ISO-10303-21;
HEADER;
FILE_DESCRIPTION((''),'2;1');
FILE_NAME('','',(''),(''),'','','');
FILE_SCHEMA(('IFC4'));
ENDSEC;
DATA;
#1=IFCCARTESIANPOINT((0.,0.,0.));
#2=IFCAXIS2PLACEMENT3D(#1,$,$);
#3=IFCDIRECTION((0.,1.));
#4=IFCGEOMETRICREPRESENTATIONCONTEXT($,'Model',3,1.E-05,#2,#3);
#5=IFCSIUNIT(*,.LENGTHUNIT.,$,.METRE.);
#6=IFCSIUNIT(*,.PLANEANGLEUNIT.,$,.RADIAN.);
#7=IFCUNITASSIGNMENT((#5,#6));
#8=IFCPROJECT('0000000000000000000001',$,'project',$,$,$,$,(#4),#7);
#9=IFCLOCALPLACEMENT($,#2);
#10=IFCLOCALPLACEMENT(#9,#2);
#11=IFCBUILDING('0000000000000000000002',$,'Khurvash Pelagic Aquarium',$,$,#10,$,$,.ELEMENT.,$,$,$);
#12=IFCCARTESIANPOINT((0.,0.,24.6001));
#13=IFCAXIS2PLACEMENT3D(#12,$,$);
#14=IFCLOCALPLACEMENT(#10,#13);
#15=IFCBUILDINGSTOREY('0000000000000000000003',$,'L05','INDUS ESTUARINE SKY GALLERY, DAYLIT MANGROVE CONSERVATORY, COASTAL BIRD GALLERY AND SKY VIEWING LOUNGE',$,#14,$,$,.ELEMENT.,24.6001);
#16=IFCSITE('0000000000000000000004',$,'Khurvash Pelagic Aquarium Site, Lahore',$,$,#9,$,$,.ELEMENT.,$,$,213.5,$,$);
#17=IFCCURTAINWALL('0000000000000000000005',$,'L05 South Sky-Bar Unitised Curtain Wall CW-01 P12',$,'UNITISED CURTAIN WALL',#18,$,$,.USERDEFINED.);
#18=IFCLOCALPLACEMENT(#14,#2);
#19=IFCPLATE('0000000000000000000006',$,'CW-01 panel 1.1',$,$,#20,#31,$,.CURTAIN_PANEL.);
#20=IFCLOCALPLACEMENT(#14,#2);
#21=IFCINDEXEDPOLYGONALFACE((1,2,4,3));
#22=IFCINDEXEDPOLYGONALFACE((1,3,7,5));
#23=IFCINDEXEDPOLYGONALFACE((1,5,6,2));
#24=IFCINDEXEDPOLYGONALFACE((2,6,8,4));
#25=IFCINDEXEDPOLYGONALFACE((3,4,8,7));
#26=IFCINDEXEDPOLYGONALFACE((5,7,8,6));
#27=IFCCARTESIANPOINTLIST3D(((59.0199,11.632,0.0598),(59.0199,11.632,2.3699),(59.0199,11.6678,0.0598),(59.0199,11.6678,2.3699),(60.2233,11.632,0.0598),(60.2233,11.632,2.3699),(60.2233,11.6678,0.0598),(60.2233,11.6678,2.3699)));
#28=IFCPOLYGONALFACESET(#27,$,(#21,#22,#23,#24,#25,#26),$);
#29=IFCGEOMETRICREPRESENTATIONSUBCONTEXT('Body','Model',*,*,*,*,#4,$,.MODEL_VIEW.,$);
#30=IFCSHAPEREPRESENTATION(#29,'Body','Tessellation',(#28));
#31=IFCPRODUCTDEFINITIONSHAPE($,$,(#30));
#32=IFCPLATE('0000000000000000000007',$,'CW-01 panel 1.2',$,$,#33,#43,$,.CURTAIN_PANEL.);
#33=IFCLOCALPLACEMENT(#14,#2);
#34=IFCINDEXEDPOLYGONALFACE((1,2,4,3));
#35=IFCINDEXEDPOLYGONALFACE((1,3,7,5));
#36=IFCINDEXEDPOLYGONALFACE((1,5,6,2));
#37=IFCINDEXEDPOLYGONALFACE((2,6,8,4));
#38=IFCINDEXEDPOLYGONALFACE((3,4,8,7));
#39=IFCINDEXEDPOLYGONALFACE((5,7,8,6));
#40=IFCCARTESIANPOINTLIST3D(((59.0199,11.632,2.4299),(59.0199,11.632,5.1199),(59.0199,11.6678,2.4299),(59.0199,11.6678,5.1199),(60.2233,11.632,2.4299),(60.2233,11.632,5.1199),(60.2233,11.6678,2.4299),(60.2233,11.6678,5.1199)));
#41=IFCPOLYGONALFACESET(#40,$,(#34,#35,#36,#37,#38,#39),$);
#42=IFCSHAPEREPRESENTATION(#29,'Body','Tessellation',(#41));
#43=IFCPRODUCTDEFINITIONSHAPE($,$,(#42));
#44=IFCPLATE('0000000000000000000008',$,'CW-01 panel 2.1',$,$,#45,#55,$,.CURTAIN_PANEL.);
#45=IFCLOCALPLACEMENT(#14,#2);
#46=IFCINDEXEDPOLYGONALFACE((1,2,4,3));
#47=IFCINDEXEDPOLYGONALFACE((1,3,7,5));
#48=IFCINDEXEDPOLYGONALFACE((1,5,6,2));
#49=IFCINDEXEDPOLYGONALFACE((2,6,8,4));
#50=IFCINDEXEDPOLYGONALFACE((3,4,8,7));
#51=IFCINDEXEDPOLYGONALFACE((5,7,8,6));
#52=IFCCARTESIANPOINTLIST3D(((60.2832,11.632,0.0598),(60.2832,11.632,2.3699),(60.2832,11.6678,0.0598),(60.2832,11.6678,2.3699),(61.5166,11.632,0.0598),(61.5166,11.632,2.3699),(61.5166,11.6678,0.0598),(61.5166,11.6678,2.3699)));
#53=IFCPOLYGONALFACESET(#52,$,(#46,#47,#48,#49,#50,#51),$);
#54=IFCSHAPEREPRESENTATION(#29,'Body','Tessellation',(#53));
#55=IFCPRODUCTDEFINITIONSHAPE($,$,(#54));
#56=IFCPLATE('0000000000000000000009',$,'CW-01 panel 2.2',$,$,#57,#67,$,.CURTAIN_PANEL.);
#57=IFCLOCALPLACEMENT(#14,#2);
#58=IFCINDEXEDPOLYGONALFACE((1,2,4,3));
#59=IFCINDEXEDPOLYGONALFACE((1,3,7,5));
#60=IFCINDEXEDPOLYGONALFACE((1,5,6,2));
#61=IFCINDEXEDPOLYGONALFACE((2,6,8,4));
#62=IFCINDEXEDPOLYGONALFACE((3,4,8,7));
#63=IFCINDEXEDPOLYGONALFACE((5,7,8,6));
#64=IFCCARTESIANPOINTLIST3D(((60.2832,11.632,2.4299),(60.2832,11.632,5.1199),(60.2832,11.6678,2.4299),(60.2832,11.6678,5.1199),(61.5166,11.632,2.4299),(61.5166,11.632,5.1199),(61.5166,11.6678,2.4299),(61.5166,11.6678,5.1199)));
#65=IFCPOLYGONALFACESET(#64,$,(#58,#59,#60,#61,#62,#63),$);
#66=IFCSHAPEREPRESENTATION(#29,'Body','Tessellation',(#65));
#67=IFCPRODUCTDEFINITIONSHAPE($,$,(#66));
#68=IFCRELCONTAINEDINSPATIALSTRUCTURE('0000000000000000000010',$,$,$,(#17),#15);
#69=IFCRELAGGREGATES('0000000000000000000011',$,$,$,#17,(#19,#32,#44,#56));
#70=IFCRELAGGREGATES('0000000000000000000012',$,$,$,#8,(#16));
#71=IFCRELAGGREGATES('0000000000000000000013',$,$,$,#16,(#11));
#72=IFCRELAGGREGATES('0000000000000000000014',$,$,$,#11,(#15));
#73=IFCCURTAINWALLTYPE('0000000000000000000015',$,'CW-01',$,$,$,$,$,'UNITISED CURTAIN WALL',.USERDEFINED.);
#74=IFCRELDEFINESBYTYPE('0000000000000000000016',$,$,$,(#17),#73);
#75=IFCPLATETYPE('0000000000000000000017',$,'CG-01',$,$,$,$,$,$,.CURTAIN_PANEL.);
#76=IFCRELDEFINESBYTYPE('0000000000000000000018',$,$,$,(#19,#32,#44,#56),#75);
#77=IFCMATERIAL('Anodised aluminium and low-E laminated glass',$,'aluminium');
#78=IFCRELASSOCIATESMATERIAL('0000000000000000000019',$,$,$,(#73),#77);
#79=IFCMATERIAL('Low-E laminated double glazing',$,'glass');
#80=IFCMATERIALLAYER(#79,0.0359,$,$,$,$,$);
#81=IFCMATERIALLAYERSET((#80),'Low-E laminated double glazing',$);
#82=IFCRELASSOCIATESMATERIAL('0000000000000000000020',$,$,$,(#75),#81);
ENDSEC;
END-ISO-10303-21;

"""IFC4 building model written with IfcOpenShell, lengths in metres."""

from ifc_helpers import new_model, si_unit, direction, frame, origin, origin_2d, place, context, subcontext, project, spatial, rectangle, extrude, material, layer, layer_set, type_object, element, aggregate, save


model = new_model("IFC4")

# Units and contexts
model_context = context("Model", 3, precision=1e-05, world=origin(), true_north=direction((0.0, 1.0)))
body_context = subcontext(model_context, "Body", "Model", "MODEL_VIEW")
ifc_project = project(units=[si_unit("LENGTHUNIT", "METRE"), si_unit("PLANEANGLEUNIT", "RADIAN")], contexts=[model_context])

# Site, building, storey
site_placement = place(None, origin())
site = spatial("IfcSite", under=ifc_project, at=site_placement, Name="Khurvash Pelagic Aquarium Site, Lahore", CompositionType="ELEMENT", RefElevation=213.5)
building_placement = place(site_placement, origin())
building = spatial("IfcBuilding", under=site, at=building_placement, Name="Khurvash Pelagic Aquarium", CompositionType="ELEMENT")
storey_placement = place(building_placement, frame((0.0, 0.0, 24.6001)))
storey = spatial("IfcBuildingStorey", under=building, at=storey_placement, Name="L05", Description="INDUS ESTUARINE SKY GALLERY, DAYLIT MANGROVE CONSERVATORY, COASTAL BIRD GALLERY AND SKY VIEWING LOUNGE", CompositionType="ELEMENT", Elevation=24.6001)

# Curtain wall
ifc_material_1 = material(Name="Anodised aluminium and low-E laminated glass", Category="aluminium")
curtain_wall_type = type_object("IfcCurtainWallType", Name="CW-01", ElementType="UNITISED CURTAIN WALL", PredefinedType="USERDEFINED", material=ifc_material_1)
curtain_wall_1_placement = place(storey_placement, origin())
curtain_wall_1 = element("IfcCurtainWall", 1, at=curtain_wall_1_placement, inside=storey, type_object=curtain_wall_type, Name="L05 South Sky-Bar Unitised Curtain Wall CW-01 P12", ObjectType="UNITISED CURTAIN WALL", PredefinedType="USERDEFINED")

# Plates
ifc_material_2 = material(Name="Low-E laminated double glazing", Category="glass")
ifc_layer = layer(ifc_material_2, 0.0359)
ifc_layer_set = layer_set([ifc_layer], Name="Low-E laminated double glazing")
plate_type = type_object("IfcPlateType", Name="CG-01", PredefinedType="CURTAIN_PANEL", material=ifc_layer_set)
plate_1_placement = place(storey_placement, frame((59.6216, 11.6499, 0.0598), z_axis=(0.0, 0.0, 1.0), x_axis=(1.0, 0.0, 0.0)))
plate_1 = element("IfcPlate", 2, at=plate_1_placement, type_object=plate_type, Name="CW-01 panel 1.1", PredefinedType="CURTAIN_PANEL", context=body_context, shape_type="SweptSolid", body=[
    extrude(rectangle(XDim=1.2034, YDim=0.0359, at=origin_2d()), origin(), (0.0, 0.0, 1.0), 2.3101),
])
plate_2_placement = place(storey_placement, frame((59.6216, 11.6499, 2.4299), z_axis=(0.0, 0.0, 1.0), x_axis=(1.0, 0.0, 0.0)))
plate_2 = element("IfcPlate", 3, at=plate_2_placement, type_object=plate_type, Name="CW-01 panel 1.2", PredefinedType="CURTAIN_PANEL", context=body_context, shape_type="SweptSolid", body=[
    extrude(rectangle(XDim=1.2034, YDim=0.0359, at=origin_2d()), origin(), (0.0, 0.0, 1.0), 2.6899),
])
plate_3_placement = place(storey_placement, frame((60.8999, 11.6499, 0.0598), z_axis=(0.0, 0.0, 1.0), x_axis=(1.0, 0.0, 0.0)))
plate_3 = element("IfcPlate", 4, at=plate_3_placement, type_object=plate_type, Name="CW-01 panel 2.1", PredefinedType="CURTAIN_PANEL", context=body_context, shape_type="SweptSolid", body=[
    extrude(rectangle(XDim=1.2334, YDim=0.0359, at=origin_2d()), origin(), (0.0, 0.0, 1.0), 2.3101),
])
plate_4_placement = place(storey_placement, frame((60.8999, 11.6499, 2.4299), z_axis=(0.0, 0.0, 1.0), x_axis=(1.0, 0.0, 0.0)))
plate_4 = element("IfcPlate", 5, at=plate_4_placement, type_object=plate_type, Name="CW-01 panel 2.2", PredefinedType="CURTAIN_PANEL", context=body_context, shape_type="SweptSolid", body=[
    extrude(rectangle(XDim=1.2334, YDim=0.0359, at=origin_2d()), origin(), (0.0, 0.0, 1.0), 2.6899),
])
aggregate(curtain_wall_1, [plate_1, plate_2, plate_3, plate_4])

save(model, "model.ifc")
